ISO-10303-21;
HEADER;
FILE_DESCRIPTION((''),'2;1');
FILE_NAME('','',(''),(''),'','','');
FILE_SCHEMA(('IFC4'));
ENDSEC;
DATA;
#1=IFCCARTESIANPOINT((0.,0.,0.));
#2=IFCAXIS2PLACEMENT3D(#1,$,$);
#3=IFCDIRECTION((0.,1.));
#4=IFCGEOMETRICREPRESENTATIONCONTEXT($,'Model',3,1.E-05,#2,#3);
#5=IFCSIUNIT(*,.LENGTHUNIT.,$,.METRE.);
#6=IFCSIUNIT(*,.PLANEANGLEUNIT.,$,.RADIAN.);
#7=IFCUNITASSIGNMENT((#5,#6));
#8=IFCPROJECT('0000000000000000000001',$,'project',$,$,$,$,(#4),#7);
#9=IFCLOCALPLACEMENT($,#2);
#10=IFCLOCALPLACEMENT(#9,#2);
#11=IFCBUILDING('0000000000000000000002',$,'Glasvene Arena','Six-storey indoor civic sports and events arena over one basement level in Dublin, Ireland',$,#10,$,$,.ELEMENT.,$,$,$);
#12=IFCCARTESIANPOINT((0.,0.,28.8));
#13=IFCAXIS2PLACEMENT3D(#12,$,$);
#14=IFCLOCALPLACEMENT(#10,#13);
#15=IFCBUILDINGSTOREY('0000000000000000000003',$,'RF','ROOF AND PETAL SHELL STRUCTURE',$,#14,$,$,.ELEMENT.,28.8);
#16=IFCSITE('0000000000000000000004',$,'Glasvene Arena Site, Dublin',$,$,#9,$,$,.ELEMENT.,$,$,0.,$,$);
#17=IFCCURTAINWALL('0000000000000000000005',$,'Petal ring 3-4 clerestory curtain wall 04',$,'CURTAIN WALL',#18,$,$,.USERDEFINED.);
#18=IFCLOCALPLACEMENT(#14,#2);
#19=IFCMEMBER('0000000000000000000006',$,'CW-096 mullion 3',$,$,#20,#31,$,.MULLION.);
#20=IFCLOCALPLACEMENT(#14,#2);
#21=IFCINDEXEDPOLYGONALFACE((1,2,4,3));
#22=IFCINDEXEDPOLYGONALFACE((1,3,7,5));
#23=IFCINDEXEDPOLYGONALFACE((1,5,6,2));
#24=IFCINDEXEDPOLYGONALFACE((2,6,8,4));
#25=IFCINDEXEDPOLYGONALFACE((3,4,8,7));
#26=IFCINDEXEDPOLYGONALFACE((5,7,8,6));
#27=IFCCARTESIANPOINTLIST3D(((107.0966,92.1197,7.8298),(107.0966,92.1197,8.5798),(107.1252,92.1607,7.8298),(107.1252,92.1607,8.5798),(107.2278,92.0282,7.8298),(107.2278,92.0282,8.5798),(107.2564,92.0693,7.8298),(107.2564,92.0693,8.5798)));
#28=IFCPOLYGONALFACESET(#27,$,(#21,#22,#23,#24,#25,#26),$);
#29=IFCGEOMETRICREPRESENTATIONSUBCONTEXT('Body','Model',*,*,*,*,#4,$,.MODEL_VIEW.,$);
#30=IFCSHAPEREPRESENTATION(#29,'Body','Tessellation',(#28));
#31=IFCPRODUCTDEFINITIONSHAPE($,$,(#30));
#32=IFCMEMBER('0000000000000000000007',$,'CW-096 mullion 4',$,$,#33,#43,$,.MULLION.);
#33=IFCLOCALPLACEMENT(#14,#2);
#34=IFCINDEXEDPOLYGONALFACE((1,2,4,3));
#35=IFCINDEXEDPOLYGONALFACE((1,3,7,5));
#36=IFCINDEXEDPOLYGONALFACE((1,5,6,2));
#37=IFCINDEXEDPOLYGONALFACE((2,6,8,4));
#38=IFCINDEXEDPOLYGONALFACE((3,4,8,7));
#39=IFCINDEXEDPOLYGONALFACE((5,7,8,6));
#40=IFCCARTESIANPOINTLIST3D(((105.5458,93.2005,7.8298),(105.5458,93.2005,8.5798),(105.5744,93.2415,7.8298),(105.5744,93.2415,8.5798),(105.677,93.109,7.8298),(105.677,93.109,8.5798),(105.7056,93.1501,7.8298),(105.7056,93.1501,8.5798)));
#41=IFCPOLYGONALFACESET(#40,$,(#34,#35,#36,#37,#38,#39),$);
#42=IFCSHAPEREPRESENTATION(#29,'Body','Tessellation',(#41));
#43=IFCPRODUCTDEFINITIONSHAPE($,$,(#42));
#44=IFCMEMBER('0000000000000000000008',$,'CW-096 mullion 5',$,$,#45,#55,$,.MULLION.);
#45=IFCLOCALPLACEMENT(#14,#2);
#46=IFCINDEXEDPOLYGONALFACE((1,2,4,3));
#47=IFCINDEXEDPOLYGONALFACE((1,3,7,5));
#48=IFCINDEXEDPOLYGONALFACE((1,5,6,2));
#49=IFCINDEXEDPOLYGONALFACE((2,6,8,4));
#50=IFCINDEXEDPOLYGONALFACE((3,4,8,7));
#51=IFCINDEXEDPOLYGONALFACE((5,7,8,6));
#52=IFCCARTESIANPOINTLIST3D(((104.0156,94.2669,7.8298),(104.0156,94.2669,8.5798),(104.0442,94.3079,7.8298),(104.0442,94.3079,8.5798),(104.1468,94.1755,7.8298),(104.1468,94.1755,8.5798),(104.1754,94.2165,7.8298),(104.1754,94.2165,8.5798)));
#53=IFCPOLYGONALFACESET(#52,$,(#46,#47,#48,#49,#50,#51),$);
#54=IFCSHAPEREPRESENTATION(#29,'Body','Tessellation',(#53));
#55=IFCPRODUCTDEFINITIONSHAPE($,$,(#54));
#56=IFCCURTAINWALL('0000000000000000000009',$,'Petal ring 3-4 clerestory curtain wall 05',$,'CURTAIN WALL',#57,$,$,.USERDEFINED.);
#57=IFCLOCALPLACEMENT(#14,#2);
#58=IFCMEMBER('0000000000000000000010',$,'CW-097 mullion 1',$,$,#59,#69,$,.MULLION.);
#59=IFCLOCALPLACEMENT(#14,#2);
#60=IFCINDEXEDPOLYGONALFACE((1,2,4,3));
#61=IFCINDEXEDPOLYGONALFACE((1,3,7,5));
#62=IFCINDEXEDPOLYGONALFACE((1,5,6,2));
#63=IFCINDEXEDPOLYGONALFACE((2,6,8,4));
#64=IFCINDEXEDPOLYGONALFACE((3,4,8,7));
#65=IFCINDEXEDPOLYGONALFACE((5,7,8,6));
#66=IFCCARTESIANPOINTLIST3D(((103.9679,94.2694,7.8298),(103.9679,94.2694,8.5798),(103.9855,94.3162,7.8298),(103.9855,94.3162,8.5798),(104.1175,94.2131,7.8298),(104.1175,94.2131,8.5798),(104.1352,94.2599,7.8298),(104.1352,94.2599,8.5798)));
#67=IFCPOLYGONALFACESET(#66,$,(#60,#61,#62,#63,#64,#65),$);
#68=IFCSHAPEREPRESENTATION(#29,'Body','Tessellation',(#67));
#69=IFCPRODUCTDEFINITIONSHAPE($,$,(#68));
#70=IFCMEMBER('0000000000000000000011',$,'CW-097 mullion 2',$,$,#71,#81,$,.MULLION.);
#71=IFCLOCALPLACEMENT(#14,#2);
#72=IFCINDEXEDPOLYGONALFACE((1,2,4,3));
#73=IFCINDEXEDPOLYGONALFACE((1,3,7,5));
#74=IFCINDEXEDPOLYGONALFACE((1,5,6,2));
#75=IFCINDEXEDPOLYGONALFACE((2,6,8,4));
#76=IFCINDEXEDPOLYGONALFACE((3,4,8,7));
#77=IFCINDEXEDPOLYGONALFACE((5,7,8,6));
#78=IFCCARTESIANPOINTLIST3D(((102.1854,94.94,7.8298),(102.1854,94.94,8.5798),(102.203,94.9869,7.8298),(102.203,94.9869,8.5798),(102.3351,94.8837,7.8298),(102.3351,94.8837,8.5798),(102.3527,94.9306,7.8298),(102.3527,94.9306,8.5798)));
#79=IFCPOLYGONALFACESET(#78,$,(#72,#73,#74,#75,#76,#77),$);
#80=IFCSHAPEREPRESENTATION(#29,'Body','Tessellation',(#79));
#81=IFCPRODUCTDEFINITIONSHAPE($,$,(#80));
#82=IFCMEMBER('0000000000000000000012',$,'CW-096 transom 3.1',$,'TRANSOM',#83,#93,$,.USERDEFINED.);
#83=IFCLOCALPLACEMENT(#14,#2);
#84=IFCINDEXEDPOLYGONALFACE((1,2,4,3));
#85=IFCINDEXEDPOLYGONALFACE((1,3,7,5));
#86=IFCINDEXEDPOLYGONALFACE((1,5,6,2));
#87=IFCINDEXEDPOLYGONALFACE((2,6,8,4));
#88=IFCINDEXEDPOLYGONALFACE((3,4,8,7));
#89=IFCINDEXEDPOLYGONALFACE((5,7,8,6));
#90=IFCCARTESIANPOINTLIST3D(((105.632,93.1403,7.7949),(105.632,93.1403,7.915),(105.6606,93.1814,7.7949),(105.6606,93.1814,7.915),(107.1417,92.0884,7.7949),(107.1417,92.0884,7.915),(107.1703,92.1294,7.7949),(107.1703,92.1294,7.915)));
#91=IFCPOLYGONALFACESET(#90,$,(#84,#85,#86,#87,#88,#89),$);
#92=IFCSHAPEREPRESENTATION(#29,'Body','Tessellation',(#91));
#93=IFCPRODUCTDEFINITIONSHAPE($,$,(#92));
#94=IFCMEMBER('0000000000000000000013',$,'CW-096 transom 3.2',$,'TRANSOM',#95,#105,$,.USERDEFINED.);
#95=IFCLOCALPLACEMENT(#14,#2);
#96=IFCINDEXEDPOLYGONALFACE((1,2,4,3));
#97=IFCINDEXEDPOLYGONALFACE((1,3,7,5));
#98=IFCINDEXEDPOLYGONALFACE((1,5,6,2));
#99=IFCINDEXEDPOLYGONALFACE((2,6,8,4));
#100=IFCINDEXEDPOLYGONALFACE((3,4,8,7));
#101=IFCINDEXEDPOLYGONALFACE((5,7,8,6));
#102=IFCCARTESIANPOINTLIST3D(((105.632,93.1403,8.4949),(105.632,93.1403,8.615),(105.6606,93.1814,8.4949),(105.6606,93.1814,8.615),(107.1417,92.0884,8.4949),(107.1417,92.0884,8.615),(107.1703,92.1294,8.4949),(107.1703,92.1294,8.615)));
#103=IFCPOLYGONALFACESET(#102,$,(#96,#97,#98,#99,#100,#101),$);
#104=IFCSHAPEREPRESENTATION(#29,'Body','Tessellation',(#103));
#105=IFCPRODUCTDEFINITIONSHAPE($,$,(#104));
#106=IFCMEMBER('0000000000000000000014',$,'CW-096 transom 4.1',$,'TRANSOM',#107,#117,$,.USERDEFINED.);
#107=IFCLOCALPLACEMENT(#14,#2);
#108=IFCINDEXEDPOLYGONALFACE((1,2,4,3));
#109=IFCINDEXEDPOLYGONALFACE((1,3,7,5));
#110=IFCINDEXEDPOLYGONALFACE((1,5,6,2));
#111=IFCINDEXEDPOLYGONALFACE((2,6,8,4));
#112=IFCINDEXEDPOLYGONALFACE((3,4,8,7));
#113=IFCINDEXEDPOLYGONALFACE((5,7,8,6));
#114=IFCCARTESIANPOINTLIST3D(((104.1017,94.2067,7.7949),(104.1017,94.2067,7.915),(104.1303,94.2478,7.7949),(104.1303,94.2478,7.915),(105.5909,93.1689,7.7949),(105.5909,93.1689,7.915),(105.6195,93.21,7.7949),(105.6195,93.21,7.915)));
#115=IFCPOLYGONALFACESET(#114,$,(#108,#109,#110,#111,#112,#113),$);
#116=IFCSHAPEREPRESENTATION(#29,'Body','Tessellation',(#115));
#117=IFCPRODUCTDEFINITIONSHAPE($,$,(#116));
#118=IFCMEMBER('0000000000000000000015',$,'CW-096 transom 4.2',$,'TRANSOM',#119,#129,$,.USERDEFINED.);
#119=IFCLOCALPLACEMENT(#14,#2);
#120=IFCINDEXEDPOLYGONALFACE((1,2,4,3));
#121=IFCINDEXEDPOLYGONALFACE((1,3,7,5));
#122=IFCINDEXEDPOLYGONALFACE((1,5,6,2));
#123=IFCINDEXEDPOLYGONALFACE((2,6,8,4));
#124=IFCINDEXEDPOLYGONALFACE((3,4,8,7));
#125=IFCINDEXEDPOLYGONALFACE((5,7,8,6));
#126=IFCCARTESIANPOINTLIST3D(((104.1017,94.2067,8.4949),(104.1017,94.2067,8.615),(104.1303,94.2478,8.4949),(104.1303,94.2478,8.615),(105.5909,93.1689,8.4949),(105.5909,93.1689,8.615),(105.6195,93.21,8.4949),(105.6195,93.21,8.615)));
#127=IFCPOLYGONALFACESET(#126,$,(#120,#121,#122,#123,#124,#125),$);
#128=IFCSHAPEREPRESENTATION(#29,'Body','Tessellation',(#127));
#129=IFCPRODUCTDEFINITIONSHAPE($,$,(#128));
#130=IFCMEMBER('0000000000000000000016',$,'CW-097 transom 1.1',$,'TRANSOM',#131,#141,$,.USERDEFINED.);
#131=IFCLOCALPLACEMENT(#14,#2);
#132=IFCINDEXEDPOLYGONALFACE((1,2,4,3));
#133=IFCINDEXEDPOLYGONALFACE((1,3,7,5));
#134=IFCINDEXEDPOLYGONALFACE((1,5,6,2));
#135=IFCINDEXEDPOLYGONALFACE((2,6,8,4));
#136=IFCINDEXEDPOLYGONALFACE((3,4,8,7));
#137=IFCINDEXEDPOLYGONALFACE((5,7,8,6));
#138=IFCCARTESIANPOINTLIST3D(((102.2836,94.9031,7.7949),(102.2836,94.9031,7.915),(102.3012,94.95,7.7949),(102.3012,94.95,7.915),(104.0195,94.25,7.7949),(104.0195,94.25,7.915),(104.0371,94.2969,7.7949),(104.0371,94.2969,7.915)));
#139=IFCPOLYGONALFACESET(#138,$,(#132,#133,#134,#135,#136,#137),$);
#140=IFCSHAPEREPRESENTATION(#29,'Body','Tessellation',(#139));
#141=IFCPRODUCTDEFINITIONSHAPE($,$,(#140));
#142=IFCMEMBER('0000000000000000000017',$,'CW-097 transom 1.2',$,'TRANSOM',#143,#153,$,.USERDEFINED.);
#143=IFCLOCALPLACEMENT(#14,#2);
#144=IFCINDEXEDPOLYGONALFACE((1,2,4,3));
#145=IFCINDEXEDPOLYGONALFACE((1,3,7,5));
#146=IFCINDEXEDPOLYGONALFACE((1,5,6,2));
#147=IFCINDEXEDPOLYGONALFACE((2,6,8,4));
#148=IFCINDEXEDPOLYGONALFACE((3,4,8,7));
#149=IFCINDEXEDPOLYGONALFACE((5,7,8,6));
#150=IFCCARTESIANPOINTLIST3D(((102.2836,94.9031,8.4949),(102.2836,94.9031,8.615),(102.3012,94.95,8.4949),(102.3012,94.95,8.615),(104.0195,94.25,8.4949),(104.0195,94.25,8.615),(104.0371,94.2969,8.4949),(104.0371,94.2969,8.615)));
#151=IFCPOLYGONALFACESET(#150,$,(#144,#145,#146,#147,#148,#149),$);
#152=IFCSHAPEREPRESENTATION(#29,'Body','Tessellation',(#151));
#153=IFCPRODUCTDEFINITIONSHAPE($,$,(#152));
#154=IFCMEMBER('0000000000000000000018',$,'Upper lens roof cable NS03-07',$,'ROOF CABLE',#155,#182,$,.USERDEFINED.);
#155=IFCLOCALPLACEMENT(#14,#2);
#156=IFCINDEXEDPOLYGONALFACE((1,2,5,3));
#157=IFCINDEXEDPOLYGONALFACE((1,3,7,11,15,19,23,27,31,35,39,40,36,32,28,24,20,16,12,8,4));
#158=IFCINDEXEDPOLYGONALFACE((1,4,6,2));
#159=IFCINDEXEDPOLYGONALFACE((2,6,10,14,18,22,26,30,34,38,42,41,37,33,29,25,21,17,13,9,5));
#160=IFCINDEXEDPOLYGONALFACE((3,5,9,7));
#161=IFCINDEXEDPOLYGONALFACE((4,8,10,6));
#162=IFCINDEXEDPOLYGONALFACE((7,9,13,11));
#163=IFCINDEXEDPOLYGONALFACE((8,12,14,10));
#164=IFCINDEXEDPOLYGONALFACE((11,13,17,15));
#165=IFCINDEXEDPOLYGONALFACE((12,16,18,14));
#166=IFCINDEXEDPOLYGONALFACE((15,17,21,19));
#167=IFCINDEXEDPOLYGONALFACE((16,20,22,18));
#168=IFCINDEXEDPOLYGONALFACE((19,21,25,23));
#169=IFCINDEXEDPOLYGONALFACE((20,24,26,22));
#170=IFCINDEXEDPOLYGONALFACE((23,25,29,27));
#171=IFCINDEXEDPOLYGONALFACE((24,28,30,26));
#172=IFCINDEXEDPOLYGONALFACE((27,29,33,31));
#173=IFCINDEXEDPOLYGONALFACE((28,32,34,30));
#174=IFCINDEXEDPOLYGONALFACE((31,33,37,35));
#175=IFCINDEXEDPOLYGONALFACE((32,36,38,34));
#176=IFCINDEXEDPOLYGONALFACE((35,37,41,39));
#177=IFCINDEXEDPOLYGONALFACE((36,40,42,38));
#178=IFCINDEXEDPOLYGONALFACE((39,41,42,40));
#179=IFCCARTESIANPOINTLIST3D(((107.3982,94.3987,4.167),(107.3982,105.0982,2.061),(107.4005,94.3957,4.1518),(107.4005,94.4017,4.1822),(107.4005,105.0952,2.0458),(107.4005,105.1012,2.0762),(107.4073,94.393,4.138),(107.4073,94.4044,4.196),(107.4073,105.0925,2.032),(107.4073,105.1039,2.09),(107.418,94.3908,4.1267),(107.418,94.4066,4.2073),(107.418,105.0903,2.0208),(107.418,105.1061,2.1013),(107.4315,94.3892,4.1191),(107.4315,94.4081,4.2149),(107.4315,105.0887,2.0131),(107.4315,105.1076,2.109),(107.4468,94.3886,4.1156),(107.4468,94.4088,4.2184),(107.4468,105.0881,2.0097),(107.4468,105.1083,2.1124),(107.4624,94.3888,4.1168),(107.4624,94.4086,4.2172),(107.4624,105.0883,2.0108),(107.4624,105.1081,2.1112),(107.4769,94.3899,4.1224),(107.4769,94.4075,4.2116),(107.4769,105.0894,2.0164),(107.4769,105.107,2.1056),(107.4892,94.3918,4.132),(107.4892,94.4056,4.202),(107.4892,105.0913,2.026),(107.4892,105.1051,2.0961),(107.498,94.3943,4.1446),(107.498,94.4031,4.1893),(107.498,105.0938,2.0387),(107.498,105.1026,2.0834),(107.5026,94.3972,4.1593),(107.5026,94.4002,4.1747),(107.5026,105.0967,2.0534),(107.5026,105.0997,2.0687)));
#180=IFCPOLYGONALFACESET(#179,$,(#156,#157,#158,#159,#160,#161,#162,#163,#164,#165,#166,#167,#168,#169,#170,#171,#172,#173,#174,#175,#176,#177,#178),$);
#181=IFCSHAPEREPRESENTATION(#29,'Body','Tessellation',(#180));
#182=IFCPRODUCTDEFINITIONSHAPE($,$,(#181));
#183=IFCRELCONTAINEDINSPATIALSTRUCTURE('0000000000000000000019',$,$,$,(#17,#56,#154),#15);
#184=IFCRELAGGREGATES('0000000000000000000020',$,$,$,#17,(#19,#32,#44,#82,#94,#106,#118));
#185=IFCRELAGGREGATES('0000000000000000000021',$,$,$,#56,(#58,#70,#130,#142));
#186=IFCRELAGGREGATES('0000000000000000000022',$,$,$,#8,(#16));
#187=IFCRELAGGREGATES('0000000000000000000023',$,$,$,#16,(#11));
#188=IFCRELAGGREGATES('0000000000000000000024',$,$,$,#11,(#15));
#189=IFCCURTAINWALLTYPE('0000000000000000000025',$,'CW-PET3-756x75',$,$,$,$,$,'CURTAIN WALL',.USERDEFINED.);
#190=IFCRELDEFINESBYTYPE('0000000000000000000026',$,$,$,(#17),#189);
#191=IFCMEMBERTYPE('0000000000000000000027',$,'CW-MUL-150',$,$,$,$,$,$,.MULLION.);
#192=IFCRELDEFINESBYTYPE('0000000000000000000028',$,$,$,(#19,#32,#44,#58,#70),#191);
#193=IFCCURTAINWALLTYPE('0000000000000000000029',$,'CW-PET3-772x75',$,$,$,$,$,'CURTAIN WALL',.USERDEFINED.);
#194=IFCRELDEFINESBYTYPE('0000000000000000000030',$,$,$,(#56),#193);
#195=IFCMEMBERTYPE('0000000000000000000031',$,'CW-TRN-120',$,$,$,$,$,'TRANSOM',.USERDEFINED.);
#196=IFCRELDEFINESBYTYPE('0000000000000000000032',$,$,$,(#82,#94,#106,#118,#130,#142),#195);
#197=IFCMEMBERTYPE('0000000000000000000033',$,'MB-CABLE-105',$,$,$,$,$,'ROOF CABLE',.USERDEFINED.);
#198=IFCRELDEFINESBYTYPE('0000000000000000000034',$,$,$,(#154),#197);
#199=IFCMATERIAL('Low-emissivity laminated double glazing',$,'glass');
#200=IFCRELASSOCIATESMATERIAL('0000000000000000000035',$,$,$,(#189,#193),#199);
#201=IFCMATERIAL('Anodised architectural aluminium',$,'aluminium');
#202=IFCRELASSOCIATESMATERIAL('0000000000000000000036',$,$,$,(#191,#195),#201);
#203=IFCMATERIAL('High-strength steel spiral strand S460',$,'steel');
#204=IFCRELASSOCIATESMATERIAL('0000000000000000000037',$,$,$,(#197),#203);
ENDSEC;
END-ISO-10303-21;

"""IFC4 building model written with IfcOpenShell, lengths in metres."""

from ifc_helpers import new_model, si_unit, direction, frame, origin, origin_2d, place, context, subcontext, project, spatial, rectangle, circle, extrude, material, material_profile, profile_set, type_object, element, aggregate, save


model = new_model("IFC4")

# Units and contexts
model_context = context("Model", 3, precision=1e-05, world=origin(), true_north=direction((0.0, 1.0)))
body_context = subcontext(model_context, "Body", "Model", "MODEL_VIEW")
ifc_project = project(units=[si_unit("LENGTHUNIT", "METRE"), si_unit("PLANEANGLEUNIT", "RADIAN")], contexts=[model_context])

# Site, building, storey
site_placement = place(None, origin())
site = spatial("IfcSite", under=ifc_project, at=site_placement, Name="Glasvene Arena Site, Dublin", CompositionType="ELEMENT", RefElevation=0.0)
building_placement = place(site_placement, origin())
building = spatial("IfcBuilding", under=site, at=building_placement, Name="Glasvene Arena", Description="Six-storey indoor civic sports and events arena over one basement level in Dublin, Ireland", CompositionType="ELEMENT")
storey_placement = place(building_placement, frame((0.0, 0.0, 28.8)))
storey = spatial("IfcBuildingStorey", under=building, at=storey_placement, Name="RF", Description="ROOF AND PETAL SHELL STRUCTURE", CompositionType="ELEMENT", Elevation=28.8)

# Curtain walls, members
ifc_material_1 = material(Name="Low-emissivity laminated double glazing", Category="glass")
curtain_wall_type_1 = type_object("IfcCurtainWallType", Name="CW-PET3-756x75", ElementType="CURTAIN WALL", PredefinedType="USERDEFINED", material=ifc_material_1)
curtain_wall_1_placement = place(storey_placement, frame((110.2778, 89.9333, 0.0)))
curtain_wall_1 = element("IfcCurtainWall", 1, at=curtain_wall_1_placement, inside=storey, type_object=curtain_wall_type_1, Name="Petal ring 3-4 clerestory curtain wall 04", ObjectType="CURTAIN WALL", PredefinedType="USERDEFINED")
ifc_material_2 = material(Name="Anodised architectural aluminium", Category="aluminium")
ifc_material_profile_1 = material_profile(ifc_material_2, rectangle(XDim=0.05, YDim=0.1599, at=origin_2d()), Name="ALU MULLION 50x160")
ifc_profile_set_1 = profile_set([ifc_material_profile_1], Name="Anodised architectural aluminium")
member_type_1 = type_object("IfcMemberType", Name="CW-MUL-150", PredefinedType="MULLION", material=ifc_profile_set_1)
member_1_placement = place(storey_placement, frame((107.1765, 92.0945, 7.8298), z_axis=(0.0, 0.0, 1.0), x_axis=(-0.571742, -0.820433, 0.0)))
member_1 = element("IfcMember", 2, at=member_1_placement, type_object=member_type_1, Name="CW-096 mullion 3", PredefinedType="MULLION", context=body_context, shape_type="SweptSolid", body=[
    extrude(rectangle(XDim=0.05, YDim=0.1599, at=origin_2d()), origin(), (0.0, 0.0, 1.0), 0.75),
])
member_2_placement = place(storey_placement, frame((105.6257, 93.1753, 7.8298), z_axis=(0.0, 0.0, 1.0), x_axis=(-0.571742, -0.820433, 0.0)))
member_2 = element("IfcMember", 3, at=member_2_placement, type_object=member_type_1, Name="CW-096 mullion 4", PredefinedType="MULLION", context=body_context, shape_type="SweptSolid", body=[
    extrude(rectangle(XDim=0.05, YDim=0.1599, at=origin_2d()), origin(), (0.0, 0.0, 1.0), 0.75),
])
member_3_placement = place(storey_placement, frame((104.0955, 94.2417, 7.8298), z_axis=(0.0, 0.0, 1.0), x_axis=(-0.571742, -0.820433, 0.0)))
member_3 = element("IfcMember", 4, at=member_3_placement, type_object=member_type_1, Name="CW-096 mullion 5", PredefinedType="MULLION", context=body_context, shape_type="SweptSolid", body=[
    extrude(rectangle(XDim=0.05, YDim=0.1599, at=origin_2d()), origin(), (0.0, 0.0, 1.0), 0.75),
])
curtain_wall_type_2 = type_object("IfcCurtainWallType", Name="CW-PET3-772x75", ElementType="CURTAIN WALL", PredefinedType="USERDEFINED", material=ifc_material_1)
curtain_wall_2_placement = place(storey_placement, frame((104.075, 94.2559, 0.0)))
curtain_wall_2 = element("IfcCurtainWall", 5, at=curtain_wall_2_placement, inside=storey, type_object=curtain_wall_type_2, Name="Petal ring 3-4 clerestory curtain wall 05", ObjectType="CURTAIN WALL", PredefinedType="USERDEFINED")
member_4_placement = place(storey_placement, frame((104.0515, 94.2646, 7.8298), z_axis=(0.0, 0.0, 1.0), x_axis=(-0.352092, -0.935966, 0.0)))
member_4 = element("IfcMember", 6, at=member_4_placement, type_object=member_type_1, Name="CW-097 mullion 1", PredefinedType="MULLION", context=body_context, shape_type="SweptSolid", body=[
    extrude(rectangle(XDim=0.05, YDim=0.1599, at=origin_2d()), origin(), (0.0, 0.0, 1.0), 0.75),
])
member_5_placement = place(storey_placement, frame((102.269, 94.9353, 7.8298), z_axis=(0.0, 0.0, 1.0), x_axis=(-0.352092, -0.935966, 0.0)))
member_5 = element("IfcMember", 7, at=member_5_placement, type_object=member_type_1, Name="CW-097 mullion 2", PredefinedType="MULLION", context=body_context, shape_type="SweptSolid", body=[
    extrude(rectangle(XDim=0.05, YDim=0.1599, at=origin_2d()), origin(), (0.0, 0.0, 1.0), 0.75),
])

# Members
ifc_material_profile_2 = material_profile(ifc_material_2, rectangle(XDim=0.05, YDim=0.1201, at=origin_2d()), Name="ALU TRANSOM 50x120")
ifc_profile_set_2 = profile_set([ifc_material_profile_2], Name="Anodised architectural aluminium")
member_type_2 = type_object("IfcMemberType", Name="CW-TRN-120", ElementType="TRANSOM", PredefinedType="USERDEFINED", material=ifc_profile_set_2)
member_6_placement = place(storey_placement, frame((107.156, 92.1089, 7.855), z_axis=(-0.820464, 0.571698, 0.0), x_axis=(-0.571698, -0.820464, 0.0)))
member_6 = element("IfcMember", 8, at=member_6_placement, type_object=member_type_2, Name="CW-096 transom 3.1", ObjectType="TRANSOM", PredefinedType="USERDEFINED", context=body_context, shape_type="SweptSolid", body=[
    extrude(rectangle(XDim=0.05, YDim=0.1201, at=origin_2d()), origin(), (0.0, 0.0, 1.0), 1.8401),
])
member_7_placement = place(storey_placement, frame((107.156, 92.1089, 8.5549), z_axis=(-0.820464, 0.571698, 0.0), x_axis=(-0.571698, -0.820464, 0.0)))
member_7 = element("IfcMember", 9, at=member_7_placement, type_object=member_type_2, Name="CW-096 transom 3.2", ObjectType="TRANSOM", PredefinedType="USERDEFINED", context=body_context, shape_type="SweptSolid", body=[
    extrude(rectangle(XDim=0.05, YDim=0.1201, at=origin_2d()), origin(), (0.0, 0.0, 1.0), 1.8401),
])
member_8_placement = place(storey_placement, frame((105.6052, 93.1895, 7.855), z_axis=(-0.820431, 0.571746, 0.0), x_axis=(-0.571746, -0.820431, 0.0)))
member_8 = element("IfcMember", 10, at=member_8_placement, type_object=member_type_2, Name="CW-096 transom 4.1", ObjectType="TRANSOM", PredefinedType="USERDEFINED", context=body_context, shape_type="SweptSolid", body=[
    extrude(rectangle(XDim=0.05, YDim=0.1201, at=origin_2d()), origin(), (0.0, 0.0, 1.0), 1.8152),
])
member_9_placement = place(storey_placement, frame((105.6052, 93.1895, 8.5549), z_axis=(-0.820431, 0.571746, 0.0), x_axis=(-0.571746, -0.820431, 0.0)))
member_9 = element("IfcMember", 11, at=member_9_placement, type_object=member_type_2, Name="CW-096 transom 4.2", ObjectType="TRANSOM", PredefinedType="USERDEFINED", context=body_context, shape_type="SweptSolid", body=[
    extrude(rectangle(XDim=0.05, YDim=0.1201, at=origin_2d()), origin(), (0.0, 0.0, 1.0), 1.8152),
])
member_10_placement = place(storey_placement, frame((104.0283, 94.2734, 7.855), z_axis=(-0.93595, 0.352133, 0.0), x_axis=(-0.352133, -0.93595, 0.0)))
member_10 = element("IfcMember", 12, at=member_10_placement, type_object=member_type_2, Name="CW-097 transom 1.1", ObjectType="TRANSOM", PredefinedType="USERDEFINED", context=body_context, shape_type="SweptSolid", body=[
    extrude(rectangle(XDim=0.05, YDim=0.1201, at=origin_2d()), origin(), (0.0, 0.0, 1.0), 1.8547),
])
member_11_placement = place(storey_placement, frame((104.0283, 94.2734, 8.5549), z_axis=(-0.93595, 0.352133, 0.0), x_axis=(-0.352133, -0.93595, 0.0)))
member_11 = element("IfcMember", 13, at=member_11_placement, type_object=member_type_2, Name="CW-097 transom 1.2", ObjectType="TRANSOM", PredefinedType="USERDEFINED", context=body_context, shape_type="SweptSolid", body=[
    extrude(rectangle(XDim=0.05, YDim=0.1201, at=origin_2d()), origin(), (0.0, 0.0, 1.0), 1.8547),
])

# Member
ifc_material_3 = material(Name="High-strength steel spiral strand S460", Category="steel")
ifc_material_profile_3 = material_profile(ifc_material_3, circle(Radius=0.0525, at=origin_2d()), Name="LCSS D105")
ifc_profile_set_3 = profile_set([ifc_material_profile_3], Name="High-strength steel spiral strand S460")
member_type_3 = type_object("IfcMemberType", Name="MB-CABLE-105", ElementType="ROOF CABLE", PredefinedType="USERDEFINED", material=ifc_profile_set_3)
member_12_placement = place(storey_placement, frame((107.4507, 94.3987, 4.167), z_axis=(0.0, 0.981175, -0.193123), x_axis=(-1.0, 0.0, 0.0)))
element("IfcMember", 14, at=member_12_placement, inside=storey, type_object=member_type_3, Name="Upper lens roof cable NS03-07", ObjectType="ROOF CABLE", PredefinedType="USERDEFINED", context=body_context, shape_type="SweptSolid", body=[
    extrude(circle(Radius=0.0525, at=origin_2d()), origin(), (0.0, 0.0, 1.0), 10.9048),
])

aggregate(curtain_wall_1, [member_1, member_2, member_3, member_6, member_7, member_8, member_9])
aggregate(curtain_wall_2, [member_4, member_5, member_10, member_11])

save(model, "model.ifc")
